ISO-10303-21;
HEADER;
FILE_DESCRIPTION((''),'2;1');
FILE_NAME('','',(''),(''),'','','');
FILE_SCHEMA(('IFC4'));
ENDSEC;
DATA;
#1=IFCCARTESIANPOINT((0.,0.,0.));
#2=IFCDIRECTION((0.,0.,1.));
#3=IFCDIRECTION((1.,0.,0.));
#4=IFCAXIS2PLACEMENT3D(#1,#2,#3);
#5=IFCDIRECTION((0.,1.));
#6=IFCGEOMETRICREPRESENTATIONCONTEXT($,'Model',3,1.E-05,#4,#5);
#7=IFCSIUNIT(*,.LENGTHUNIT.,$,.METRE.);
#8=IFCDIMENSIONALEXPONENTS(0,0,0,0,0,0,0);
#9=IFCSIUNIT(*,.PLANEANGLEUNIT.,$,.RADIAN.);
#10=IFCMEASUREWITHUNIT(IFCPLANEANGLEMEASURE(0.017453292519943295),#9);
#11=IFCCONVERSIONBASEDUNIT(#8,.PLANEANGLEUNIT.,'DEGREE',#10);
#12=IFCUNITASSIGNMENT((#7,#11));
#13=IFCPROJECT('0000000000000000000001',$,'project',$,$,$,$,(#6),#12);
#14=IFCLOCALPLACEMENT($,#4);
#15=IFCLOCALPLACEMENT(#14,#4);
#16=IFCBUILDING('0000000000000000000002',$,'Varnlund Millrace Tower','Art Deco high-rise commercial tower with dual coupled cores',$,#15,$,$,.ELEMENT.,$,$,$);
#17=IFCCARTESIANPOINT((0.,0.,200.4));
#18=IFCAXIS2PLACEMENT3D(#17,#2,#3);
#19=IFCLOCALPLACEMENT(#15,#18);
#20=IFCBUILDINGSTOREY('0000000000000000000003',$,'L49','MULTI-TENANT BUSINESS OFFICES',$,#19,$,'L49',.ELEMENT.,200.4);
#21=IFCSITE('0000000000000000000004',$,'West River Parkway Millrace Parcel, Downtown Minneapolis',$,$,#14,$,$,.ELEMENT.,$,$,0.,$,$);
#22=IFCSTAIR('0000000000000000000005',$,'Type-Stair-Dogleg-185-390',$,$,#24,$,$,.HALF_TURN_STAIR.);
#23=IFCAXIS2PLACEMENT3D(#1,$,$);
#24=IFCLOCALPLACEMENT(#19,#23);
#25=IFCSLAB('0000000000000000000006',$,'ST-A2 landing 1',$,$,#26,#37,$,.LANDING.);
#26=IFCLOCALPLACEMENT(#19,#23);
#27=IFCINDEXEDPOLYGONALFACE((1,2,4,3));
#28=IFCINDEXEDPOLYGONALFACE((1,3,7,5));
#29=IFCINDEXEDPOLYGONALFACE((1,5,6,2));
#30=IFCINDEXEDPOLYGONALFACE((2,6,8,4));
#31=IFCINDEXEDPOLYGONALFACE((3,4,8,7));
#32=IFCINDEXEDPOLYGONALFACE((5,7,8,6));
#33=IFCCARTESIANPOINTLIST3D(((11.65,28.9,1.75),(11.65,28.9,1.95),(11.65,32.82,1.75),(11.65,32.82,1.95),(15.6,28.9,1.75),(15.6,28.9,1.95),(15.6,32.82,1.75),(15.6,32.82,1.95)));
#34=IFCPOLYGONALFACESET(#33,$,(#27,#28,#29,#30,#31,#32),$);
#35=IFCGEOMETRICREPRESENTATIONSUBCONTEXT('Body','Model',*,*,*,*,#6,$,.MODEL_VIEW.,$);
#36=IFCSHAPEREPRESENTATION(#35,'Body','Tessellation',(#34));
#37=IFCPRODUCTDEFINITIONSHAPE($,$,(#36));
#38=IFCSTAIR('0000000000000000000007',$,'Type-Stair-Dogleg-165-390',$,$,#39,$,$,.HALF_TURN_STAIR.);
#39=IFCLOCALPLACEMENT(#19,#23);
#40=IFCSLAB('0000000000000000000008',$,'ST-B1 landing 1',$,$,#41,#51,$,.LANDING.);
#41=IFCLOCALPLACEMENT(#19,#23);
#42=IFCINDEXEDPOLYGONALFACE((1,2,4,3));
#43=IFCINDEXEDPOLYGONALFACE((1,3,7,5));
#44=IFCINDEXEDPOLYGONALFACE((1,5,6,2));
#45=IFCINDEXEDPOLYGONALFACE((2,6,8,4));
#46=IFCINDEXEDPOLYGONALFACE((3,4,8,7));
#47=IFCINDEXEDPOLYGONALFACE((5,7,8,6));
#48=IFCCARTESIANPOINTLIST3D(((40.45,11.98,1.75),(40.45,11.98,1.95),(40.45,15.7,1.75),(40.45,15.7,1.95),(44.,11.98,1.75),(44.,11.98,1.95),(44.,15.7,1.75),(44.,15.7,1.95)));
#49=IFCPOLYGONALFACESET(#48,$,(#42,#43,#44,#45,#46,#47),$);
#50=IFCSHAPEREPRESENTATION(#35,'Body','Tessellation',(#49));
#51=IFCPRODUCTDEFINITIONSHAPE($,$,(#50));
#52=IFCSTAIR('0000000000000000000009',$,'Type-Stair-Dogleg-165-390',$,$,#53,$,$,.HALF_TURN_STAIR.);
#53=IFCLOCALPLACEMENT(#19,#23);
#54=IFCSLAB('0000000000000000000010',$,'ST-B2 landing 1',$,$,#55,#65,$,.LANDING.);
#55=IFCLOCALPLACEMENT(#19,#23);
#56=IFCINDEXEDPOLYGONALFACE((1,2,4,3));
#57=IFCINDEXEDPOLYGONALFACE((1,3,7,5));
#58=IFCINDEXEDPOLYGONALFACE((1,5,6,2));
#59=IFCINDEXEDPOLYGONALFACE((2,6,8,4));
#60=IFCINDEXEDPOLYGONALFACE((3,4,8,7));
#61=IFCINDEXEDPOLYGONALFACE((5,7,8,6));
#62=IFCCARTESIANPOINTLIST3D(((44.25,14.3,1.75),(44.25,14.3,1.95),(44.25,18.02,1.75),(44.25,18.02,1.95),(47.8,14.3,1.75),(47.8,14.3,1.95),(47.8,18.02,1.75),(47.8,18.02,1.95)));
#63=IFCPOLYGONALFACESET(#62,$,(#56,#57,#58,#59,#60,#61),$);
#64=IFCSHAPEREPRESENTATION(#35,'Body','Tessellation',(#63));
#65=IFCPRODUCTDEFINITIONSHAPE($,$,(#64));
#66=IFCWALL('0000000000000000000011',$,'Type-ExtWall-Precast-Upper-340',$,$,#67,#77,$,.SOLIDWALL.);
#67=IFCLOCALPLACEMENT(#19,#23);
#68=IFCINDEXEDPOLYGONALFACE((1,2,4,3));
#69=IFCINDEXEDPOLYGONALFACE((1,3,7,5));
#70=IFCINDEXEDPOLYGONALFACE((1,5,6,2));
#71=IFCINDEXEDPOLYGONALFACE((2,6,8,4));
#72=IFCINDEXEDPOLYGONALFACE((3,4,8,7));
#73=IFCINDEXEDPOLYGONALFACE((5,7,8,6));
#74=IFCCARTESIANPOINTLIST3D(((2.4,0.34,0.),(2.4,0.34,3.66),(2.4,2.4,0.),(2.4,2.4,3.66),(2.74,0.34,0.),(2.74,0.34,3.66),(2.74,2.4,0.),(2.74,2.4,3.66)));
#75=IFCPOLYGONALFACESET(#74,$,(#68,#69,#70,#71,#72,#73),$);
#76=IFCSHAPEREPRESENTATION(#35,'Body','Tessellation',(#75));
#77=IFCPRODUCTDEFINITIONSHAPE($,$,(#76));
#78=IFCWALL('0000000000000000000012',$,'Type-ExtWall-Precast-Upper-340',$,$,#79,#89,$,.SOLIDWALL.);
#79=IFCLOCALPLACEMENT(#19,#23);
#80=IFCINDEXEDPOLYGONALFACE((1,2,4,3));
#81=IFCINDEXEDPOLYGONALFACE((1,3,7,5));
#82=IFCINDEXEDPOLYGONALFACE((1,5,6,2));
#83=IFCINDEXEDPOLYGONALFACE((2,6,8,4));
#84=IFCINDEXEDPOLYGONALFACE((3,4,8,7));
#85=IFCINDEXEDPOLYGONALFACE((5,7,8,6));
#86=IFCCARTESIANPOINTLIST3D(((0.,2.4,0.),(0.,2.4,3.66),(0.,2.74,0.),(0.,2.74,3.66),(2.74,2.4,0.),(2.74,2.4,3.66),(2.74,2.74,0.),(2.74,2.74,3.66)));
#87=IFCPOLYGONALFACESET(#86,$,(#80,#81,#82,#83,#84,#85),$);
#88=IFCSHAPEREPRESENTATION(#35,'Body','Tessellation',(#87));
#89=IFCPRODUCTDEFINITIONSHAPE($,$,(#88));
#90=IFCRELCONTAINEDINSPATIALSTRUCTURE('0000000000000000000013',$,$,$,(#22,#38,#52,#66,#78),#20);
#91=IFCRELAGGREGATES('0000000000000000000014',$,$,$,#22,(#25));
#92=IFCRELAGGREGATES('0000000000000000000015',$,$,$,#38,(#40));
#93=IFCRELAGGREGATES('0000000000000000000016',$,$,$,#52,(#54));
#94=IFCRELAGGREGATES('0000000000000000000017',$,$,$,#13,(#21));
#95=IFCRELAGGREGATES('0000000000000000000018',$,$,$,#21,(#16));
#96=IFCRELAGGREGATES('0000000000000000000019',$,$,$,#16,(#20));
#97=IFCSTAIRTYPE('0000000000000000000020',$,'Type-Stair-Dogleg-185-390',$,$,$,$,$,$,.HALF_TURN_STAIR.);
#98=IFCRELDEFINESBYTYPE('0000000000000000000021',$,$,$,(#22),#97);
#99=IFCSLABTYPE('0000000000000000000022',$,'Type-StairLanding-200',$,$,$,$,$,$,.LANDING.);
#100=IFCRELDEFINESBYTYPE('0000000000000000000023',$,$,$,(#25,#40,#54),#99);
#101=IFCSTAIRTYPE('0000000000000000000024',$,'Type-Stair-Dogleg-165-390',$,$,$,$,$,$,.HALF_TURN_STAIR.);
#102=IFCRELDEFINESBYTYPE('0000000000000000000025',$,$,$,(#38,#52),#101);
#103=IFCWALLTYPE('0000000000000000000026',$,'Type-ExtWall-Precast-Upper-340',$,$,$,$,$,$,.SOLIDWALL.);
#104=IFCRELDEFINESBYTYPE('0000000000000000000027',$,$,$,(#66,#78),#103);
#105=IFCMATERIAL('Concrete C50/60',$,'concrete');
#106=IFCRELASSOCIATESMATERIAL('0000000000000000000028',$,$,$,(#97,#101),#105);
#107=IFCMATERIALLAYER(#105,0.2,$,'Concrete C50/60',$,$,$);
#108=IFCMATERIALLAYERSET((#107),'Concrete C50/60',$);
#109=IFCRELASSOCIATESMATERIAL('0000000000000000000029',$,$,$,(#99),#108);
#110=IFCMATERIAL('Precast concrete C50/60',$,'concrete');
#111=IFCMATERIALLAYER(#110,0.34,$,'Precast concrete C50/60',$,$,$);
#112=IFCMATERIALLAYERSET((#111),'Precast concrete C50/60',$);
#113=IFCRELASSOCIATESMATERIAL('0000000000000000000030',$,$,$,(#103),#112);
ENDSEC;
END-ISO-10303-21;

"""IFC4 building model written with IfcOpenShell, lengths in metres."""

from ifc_helpers import new_model, entity, si_unit, converted_unit, direction, frame, origin_with_axes, place, context, subcontext, project, spatial, polyline, outline, extrude, material, layer, layer_set, type_object, element, aggregate, save


model = new_model("IFC4")

# Units and contexts
model_context = context("Model", 3, precision=1e-05, world=origin_with_axes(), true_north=direction((0.0, 1.0)))
body_context = subcontext(model_context, "Body", "Model", "MODEL_VIEW")
ifc_project = project(units=[si_unit("LENGTHUNIT", "METRE"), converted_unit("PLANEANGLEUNIT", "DEGREE", entity("IfcPlaneAngleMeasure", 0.017453292519943295), si_unit("PLANEANGLEUNIT", "RADIAN"), dimensions=[0, 0, 0, 0, 0, 0, 0])], contexts=[model_context])

# Site, building, storey
site_placement = place(None, origin_with_axes())
site = spatial("IfcSite", under=ifc_project, at=site_placement, Name="West River Parkway Millrace Parcel, Downtown Minneapolis", CompositionType="ELEMENT", RefElevation=0.0)
building_placement = place(site_placement, origin_with_axes())
building = spatial("IfcBuilding", under=site, at=building_placement, Name="Varnlund Millrace Tower", Description="Art Deco high-rise commercial tower with dual coupled cores", CompositionType="ELEMENT")
storey_placement = place(building_placement, frame((0.0, 0.0, 200.4), z_axis=(0.0, 0.0, 1.0), x_axis=(1.0, 0.0, 0.0)))
storey = spatial("IfcBuildingStorey", under=building, at=storey_placement, Name="L49", Description="MULTI-TENANT BUSINESS OFFICES", LongName="L49", CompositionType="ELEMENT", Elevation=200.4)

# Stairs, slabs
ifc_material_1 = material(Name="Concrete C50/60", Category="concrete")
stair_type_1 = type_object("IfcStairType", Name="Type-Stair-Dogleg-185-390", PredefinedType="HALF_TURN_STAIR", material=ifc_material_1)
ifc_layer_1 = layer(ifc_material_1, 0.2, Name="Concrete C50/60")
ifc_layer_set_1 = layer_set([ifc_layer_1], Name="Concrete C50/60")
slab_type = type_object("IfcSlabType", Name="Type-StairLanding-200", PredefinedType="LANDING", material=ifc_layer_set_1)
stair_1_placement = place(storey_placement, origin_with_axes())
stair_1 = element("IfcStair", 1, at=stair_1_placement, inside=storey, type_object=stair_type_1, Name="Type-Stair-Dogleg-185-390", PredefinedType="HALF_TURN_STAIR")
slab_1_placement = place(storey_placement, frame((0.0, 0.0, 1.75), z_axis=(0.0, 0.0, 1.0), x_axis=(1.0, 0.0, 0.0)))
slab_1 = element("IfcSlab", 2, at=slab_1_placement, type_object=slab_type, Name="ST-A2 landing 1", PredefinedType="LANDING", context=body_context, shape_type="SweptSolid", body=[
    extrude(outline(polyline([(11.65, 32.82), (11.65, 28.9), (15.6, 28.9), (15.6, 32.82), (11.65, 32.82)])), origin_with_axes(), (0.0, 0.0, 1.0), 0.2),
])
aggregate(stair_1, [slab_1])
stair_type_2 = type_object("IfcStairType", Name="Type-Stair-Dogleg-165-390", PredefinedType="HALF_TURN_STAIR", material=ifc_material_1)
stair_2_placement = place(storey_placement, origin_with_axes())
stair_2 = element("IfcStair", 3, at=stair_2_placement, inside=storey, type_object=stair_type_2, Name="Type-Stair-Dogleg-165-390", PredefinedType="HALF_TURN_STAIR")
slab_2_placement = place(storey_placement, frame((0.0, 0.0, 1.75), z_axis=(0.0, 0.0, 1.0), x_axis=(1.0, 0.0, 0.0)))
slab_2 = element("IfcSlab", 4, at=slab_2_placement, type_object=slab_type, Name="ST-B1 landing 1", PredefinedType="LANDING", context=body_context, shape_type="SweptSolid", body=[
    extrude(outline(polyline([(44.0, 11.98), (44.0, 15.7), (40.45, 15.7), (40.45, 11.98), (44.0, 11.98)])), origin_with_axes(), (0.0, 0.0, 1.0), 0.2),
])
aggregate(stair_2, [slab_2])
stair_3_placement = place(storey_placement, origin_with_axes())
stair_3 = element("IfcStair", 5, at=stair_3_placement, inside=storey, type_object=stair_type_2, Name="Type-Stair-Dogleg-165-390", PredefinedType="HALF_TURN_STAIR")
slab_3_placement = place(storey_placement, frame((0.0, 0.0, 1.75), z_axis=(0.0, 0.0, 1.0), x_axis=(1.0, 0.0, 0.0)))
slab_3 = element("IfcSlab", 6, at=slab_3_placement, type_object=slab_type, Name="ST-B2 landing 1", PredefinedType="LANDING", context=body_context, shape_type="SweptSolid", body=[
    extrude(outline(polyline([(44.25, 18.02), (44.25, 14.3), (47.8, 14.3), (47.8, 18.02), (44.25, 18.02)])), origin_with_axes(), (0.0, 0.0, 1.0), 0.2),
])
aggregate(stair_3, [slab_3])

# Walls
ifc_material_2 = material(Name="Precast concrete C50/60", Category="concrete")
ifc_layer_2 = layer(ifc_material_2, 0.34, Name="Precast concrete C50/60")
ifc_layer_set_2 = layer_set([ifc_layer_2], Name="Precast concrete C50/60")
wall_type = type_object("IfcWallType", Name="Type-ExtWall-Precast-Upper-340", PredefinedType="SOLIDWALL", material=ifc_layer_set_2)
wall_1_placement = place(storey_placement, frame((2.57, 0.34, 0.0), z_axis=(0.0, 0.0, 1.0), x_axis=(0.0, 1.0, 0.0)))
element("IfcWall", 7, at=wall_1_placement, inside=storey, type_object=wall_type, Name="Type-ExtWall-Precast-Upper-340", PredefinedType="SOLIDWALL", context=body_context, shape_type="SweptSolid", body=[
    extrude(outline(polyline([(0.0, -0.17), (2.06, -0.17), (2.06, 0.17), (0.0, 0.17), (0.0, -0.17)])), origin_with_axes(), (0.0, 0.0, 1.0), 3.66),
])
wall_2_placement = place(storey_placement, frame((2.74, 2.57, 0.0), z_axis=(0.0, 0.0, 1.0), x_axis=(-1.0, 0.0, 0.0)))
element("IfcWall", 8, at=wall_2_placement, inside=storey, type_object=wall_type, Name="Type-ExtWall-Precast-Upper-340", PredefinedType="SOLIDWALL", context=body_context, shape_type="SweptSolid", body=[
    extrude(outline(polyline([(0.0, -0.17), (2.74, -0.17), (2.74, 0.17), (0.0, 0.17), (0.0, -0.17)])), origin_with_axes(), (0.0, 0.0, 1.0), 3.66),
])

save(model, "model.ifc")
